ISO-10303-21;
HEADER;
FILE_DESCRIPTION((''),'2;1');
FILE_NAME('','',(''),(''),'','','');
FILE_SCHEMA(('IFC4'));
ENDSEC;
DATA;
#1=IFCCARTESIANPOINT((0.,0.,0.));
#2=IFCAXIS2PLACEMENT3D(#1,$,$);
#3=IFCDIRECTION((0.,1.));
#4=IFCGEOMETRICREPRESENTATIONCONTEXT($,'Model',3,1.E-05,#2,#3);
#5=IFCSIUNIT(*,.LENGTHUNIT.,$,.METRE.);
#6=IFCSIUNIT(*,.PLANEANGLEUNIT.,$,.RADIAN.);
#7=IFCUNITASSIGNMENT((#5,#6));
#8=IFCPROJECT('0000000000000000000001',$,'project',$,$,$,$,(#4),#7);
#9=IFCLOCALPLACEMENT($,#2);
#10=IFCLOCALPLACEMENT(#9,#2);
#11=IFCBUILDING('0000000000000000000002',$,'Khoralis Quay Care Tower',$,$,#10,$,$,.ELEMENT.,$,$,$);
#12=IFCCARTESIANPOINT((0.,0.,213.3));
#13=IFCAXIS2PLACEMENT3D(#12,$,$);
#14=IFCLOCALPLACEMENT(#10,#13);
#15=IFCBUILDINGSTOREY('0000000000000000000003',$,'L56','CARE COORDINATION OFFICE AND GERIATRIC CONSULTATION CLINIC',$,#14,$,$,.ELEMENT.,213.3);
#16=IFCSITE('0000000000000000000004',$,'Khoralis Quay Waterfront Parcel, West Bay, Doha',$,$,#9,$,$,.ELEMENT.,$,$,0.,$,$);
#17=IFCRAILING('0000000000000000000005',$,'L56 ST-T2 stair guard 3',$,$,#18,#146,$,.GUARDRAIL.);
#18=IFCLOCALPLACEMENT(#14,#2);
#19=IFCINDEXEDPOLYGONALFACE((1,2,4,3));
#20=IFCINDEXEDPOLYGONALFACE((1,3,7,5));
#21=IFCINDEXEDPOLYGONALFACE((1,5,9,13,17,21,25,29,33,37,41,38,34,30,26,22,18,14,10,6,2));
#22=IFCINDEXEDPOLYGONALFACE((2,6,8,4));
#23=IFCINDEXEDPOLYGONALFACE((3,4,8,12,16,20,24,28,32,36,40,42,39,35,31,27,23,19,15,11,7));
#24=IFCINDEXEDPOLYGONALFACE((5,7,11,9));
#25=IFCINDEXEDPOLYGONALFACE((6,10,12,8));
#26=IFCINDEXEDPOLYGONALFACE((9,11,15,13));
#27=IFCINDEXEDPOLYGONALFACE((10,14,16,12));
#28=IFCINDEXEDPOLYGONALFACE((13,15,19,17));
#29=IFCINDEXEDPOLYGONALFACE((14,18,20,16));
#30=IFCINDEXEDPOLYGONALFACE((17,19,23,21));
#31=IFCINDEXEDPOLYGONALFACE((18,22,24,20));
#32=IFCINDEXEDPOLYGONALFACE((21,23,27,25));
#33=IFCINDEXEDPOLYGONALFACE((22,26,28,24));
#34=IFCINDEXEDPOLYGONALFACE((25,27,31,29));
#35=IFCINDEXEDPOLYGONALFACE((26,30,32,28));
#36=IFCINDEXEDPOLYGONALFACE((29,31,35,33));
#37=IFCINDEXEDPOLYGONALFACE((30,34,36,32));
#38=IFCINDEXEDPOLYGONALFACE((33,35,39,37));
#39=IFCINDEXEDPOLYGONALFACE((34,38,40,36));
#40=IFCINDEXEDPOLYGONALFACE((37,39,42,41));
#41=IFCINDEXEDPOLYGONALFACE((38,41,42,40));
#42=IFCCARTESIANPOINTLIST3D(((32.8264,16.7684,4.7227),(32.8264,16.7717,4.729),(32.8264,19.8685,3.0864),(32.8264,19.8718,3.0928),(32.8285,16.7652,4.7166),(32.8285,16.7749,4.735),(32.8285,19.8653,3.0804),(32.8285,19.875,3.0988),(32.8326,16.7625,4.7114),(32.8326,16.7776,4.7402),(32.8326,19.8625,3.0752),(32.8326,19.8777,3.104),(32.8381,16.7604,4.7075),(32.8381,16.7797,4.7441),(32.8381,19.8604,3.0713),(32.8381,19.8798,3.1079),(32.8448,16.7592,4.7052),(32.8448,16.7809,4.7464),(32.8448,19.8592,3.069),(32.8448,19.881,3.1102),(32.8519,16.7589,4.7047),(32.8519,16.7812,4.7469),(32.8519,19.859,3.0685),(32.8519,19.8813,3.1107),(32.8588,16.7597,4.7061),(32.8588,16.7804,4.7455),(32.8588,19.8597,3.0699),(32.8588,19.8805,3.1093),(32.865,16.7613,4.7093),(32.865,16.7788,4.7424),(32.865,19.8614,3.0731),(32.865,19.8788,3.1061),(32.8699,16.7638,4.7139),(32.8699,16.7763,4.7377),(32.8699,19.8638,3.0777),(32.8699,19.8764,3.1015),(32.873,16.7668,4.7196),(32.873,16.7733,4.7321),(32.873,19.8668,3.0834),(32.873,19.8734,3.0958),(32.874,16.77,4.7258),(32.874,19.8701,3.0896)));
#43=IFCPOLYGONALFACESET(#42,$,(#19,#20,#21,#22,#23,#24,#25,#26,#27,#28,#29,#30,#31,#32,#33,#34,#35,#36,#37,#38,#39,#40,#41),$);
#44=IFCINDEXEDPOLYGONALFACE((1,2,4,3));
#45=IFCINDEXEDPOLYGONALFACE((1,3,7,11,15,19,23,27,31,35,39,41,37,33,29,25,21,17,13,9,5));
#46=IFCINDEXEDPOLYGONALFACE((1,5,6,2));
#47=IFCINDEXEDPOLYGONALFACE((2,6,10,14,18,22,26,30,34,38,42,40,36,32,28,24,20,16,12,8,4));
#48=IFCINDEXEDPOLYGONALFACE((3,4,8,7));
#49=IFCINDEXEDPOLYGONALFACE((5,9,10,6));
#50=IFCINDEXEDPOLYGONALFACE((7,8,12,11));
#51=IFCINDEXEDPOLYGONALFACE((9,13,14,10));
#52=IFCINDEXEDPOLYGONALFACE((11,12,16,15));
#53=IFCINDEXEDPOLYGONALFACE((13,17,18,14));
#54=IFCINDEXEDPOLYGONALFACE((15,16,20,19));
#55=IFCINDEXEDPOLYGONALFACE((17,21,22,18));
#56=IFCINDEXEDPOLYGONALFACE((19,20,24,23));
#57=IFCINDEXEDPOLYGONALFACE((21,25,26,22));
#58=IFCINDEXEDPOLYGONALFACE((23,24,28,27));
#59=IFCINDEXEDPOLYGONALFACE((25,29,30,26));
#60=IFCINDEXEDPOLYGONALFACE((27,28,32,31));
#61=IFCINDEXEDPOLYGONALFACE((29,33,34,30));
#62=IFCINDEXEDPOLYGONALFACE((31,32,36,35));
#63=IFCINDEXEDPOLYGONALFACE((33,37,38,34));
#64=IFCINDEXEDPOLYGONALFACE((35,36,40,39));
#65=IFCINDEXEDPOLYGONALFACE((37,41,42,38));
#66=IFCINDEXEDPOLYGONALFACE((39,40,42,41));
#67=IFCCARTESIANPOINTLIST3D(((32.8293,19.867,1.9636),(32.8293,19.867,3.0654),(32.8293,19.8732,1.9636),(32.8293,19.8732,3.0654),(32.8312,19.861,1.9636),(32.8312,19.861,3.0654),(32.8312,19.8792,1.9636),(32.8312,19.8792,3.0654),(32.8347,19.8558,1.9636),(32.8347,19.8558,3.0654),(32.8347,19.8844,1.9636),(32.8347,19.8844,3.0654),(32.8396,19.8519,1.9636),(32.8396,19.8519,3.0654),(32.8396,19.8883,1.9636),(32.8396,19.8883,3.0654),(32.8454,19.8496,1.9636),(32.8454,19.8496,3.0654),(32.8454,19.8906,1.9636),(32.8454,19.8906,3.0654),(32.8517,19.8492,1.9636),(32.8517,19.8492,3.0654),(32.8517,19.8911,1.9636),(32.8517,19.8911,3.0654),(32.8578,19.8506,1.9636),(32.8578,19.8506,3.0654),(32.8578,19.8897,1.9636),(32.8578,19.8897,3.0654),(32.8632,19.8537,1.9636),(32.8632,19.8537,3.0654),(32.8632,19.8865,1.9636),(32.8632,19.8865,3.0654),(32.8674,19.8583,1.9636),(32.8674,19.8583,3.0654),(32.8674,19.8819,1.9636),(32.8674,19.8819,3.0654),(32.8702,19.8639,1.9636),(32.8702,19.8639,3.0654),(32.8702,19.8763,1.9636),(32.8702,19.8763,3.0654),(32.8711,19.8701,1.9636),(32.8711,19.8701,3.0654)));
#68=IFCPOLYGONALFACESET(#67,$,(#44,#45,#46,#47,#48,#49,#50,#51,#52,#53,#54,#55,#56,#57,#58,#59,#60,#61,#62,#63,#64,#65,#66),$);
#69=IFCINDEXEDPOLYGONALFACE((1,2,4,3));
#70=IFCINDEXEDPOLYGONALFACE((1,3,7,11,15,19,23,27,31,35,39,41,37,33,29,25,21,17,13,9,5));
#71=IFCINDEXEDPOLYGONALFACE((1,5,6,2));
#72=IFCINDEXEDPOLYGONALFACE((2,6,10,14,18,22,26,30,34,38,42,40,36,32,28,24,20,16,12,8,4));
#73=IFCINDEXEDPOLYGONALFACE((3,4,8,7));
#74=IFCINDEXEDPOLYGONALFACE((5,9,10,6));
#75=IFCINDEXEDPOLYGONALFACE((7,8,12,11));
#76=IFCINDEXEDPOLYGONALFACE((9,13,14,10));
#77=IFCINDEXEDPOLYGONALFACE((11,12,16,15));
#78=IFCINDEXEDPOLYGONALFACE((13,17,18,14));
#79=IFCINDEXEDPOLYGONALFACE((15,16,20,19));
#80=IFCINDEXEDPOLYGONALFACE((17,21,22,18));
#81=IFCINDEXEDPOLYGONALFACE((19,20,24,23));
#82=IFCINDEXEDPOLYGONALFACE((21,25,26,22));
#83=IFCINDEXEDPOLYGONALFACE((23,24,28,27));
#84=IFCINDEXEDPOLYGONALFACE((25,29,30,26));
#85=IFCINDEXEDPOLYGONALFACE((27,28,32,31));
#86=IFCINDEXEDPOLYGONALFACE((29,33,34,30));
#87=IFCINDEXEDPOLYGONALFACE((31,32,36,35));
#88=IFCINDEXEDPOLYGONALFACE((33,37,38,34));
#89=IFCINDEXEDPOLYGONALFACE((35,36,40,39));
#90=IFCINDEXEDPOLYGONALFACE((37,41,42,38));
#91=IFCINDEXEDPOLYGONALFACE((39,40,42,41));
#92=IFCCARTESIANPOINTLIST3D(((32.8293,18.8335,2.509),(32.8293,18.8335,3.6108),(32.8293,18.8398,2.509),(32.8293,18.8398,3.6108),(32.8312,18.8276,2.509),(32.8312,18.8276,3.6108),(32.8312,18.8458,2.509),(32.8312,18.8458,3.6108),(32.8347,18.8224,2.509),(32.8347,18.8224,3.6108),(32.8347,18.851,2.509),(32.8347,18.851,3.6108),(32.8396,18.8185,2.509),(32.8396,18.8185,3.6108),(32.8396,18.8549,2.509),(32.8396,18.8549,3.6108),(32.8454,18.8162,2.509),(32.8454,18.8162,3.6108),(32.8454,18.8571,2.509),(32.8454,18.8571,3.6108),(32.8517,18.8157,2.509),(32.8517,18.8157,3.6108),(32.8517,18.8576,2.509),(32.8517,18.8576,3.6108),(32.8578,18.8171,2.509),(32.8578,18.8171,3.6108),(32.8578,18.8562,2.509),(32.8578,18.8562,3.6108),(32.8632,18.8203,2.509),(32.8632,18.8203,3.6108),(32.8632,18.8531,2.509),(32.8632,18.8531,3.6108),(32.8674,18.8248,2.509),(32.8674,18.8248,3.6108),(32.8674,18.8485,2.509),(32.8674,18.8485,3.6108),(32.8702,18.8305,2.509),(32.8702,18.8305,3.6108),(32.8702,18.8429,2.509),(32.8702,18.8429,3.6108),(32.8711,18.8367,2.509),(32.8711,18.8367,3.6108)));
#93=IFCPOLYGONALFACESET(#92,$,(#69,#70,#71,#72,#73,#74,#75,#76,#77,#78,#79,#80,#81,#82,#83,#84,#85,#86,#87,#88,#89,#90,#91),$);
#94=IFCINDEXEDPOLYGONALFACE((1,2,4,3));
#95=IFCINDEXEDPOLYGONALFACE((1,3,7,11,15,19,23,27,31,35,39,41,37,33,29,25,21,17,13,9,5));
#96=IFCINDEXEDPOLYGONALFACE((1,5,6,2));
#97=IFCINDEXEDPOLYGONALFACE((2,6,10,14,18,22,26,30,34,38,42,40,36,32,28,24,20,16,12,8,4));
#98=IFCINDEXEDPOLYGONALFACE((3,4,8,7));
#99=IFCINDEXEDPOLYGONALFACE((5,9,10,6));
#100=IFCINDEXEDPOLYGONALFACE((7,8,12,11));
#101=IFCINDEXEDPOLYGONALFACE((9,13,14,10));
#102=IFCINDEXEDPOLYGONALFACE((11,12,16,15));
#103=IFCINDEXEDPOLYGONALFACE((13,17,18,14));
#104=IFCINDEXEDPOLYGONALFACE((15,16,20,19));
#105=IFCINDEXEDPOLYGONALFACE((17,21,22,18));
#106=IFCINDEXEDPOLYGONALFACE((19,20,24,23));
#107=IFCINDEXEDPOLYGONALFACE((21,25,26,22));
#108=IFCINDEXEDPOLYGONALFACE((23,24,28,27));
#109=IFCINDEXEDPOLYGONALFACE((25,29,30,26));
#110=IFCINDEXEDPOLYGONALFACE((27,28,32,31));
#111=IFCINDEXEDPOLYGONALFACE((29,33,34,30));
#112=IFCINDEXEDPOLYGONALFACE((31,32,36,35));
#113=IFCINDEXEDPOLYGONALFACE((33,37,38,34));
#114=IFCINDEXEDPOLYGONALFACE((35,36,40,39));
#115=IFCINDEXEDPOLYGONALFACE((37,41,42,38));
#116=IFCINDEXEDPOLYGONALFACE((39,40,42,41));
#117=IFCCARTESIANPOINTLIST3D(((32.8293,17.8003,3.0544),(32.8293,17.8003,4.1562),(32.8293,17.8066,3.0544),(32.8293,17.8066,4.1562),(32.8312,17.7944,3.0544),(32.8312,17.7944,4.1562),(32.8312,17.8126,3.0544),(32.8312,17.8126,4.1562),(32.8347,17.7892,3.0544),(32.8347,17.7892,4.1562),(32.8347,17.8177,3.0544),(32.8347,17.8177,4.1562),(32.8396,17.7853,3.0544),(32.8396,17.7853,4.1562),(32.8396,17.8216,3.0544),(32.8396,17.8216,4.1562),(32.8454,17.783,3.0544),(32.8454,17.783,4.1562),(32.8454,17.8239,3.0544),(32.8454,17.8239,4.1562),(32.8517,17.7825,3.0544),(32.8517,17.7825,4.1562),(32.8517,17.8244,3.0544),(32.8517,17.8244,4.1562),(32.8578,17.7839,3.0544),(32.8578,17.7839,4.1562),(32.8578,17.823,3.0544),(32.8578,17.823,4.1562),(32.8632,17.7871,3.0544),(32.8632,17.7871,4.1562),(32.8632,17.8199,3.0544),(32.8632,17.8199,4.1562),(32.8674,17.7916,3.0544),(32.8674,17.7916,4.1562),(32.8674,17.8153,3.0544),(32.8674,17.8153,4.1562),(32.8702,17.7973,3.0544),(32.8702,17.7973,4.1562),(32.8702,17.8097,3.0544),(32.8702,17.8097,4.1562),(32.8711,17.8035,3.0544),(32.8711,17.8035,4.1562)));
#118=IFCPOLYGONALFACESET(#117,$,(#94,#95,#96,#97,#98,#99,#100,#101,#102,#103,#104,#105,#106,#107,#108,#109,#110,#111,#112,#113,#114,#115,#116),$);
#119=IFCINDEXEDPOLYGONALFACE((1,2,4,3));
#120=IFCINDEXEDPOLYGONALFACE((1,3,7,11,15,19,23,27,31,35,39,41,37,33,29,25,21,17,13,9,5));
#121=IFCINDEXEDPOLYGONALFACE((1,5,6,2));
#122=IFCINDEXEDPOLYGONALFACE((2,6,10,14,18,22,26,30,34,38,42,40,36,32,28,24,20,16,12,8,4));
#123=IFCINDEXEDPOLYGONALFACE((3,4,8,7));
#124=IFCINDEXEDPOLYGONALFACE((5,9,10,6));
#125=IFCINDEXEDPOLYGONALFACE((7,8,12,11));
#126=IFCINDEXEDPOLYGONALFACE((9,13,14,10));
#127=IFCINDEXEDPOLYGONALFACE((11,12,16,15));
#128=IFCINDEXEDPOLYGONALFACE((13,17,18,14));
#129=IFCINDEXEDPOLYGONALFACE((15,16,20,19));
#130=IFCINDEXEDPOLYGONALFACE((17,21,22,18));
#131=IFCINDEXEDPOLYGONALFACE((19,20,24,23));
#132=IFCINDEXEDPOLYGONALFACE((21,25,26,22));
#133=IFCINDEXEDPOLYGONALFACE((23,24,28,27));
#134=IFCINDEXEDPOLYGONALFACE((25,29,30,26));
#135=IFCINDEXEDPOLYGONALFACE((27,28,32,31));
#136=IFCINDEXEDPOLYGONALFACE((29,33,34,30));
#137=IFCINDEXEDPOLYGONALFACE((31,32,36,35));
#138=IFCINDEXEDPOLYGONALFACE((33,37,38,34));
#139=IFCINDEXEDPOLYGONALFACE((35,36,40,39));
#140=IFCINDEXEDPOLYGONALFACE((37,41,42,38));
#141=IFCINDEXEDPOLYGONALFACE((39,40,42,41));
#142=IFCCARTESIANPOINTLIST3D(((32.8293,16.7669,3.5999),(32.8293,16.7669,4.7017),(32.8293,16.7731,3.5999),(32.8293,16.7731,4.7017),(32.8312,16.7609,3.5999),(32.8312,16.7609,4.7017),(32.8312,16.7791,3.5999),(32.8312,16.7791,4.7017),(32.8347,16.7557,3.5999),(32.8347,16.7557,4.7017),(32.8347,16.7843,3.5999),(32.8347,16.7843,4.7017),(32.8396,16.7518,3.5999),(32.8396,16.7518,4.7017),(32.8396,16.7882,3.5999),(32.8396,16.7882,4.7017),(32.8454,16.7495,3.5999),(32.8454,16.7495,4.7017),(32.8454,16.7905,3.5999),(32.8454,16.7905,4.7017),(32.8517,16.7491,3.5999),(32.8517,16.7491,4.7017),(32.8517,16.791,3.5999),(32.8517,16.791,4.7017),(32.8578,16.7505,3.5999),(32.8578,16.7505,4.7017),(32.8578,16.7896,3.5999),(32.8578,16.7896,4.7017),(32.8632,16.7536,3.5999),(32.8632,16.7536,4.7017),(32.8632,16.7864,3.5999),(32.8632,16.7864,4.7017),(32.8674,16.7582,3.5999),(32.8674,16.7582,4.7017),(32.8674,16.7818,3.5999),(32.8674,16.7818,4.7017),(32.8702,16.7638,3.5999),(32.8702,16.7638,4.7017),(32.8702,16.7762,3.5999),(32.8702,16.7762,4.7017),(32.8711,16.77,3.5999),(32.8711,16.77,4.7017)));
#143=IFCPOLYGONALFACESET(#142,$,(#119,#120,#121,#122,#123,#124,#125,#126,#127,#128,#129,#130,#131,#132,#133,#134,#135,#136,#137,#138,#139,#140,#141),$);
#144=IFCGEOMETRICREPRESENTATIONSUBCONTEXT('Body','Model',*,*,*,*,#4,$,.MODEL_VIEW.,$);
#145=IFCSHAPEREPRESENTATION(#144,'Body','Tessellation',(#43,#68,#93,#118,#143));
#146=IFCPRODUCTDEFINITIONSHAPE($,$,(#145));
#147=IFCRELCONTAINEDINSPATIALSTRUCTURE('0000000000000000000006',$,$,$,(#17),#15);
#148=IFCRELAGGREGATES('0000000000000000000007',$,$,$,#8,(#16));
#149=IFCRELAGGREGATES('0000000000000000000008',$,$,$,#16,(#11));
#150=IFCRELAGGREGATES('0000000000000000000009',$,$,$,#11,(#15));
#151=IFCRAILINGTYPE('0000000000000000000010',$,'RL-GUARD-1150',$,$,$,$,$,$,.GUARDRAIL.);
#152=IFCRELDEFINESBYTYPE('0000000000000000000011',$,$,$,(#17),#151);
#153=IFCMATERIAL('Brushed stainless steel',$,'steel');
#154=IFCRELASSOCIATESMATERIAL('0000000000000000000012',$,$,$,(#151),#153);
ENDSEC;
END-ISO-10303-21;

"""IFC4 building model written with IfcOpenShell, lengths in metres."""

from ifc_helpers import new_model, si_unit, direction, frame, origin, origin_2d, place, context, subcontext, project, spatial, circle, extrude, material, type_object, element, save


model = new_model("IFC4")

# Units and contexts
model_context = context("Model", 3, precision=1e-05, world=origin(), true_north=direction((0.0, 1.0)))
body_context = subcontext(model_context, "Body", "Model", "MODEL_VIEW")
ifc_project = project(units=[si_unit("LENGTHUNIT", "METRE"), si_unit("PLANEANGLEUNIT", "RADIAN")], contexts=[model_context])

# Site, building, storey
site_placement = place(None, origin())
site = spatial("IfcSite", under=ifc_project, at=site_placement, Name="Khoralis Quay Waterfront Parcel, West Bay, Doha", CompositionType="ELEMENT", RefElevation=0.0)
building_placement = place(site_placement, origin())
building = spatial("IfcBuilding", under=site, at=building_placement, Name="Khoralis Quay Care Tower", CompositionType="ELEMENT")
storey_placement = place(building_placement, frame((0.0, 0.0, 213.3)))
storey = spatial("IfcBuildingStorey", under=building, at=storey_placement, Name="L56", Description="CARE COORDINATION OFFICE AND GERIATRIC CONSULTATION CLINIC", CompositionType="ELEMENT", Elevation=213.3)

# Shared definitions
ifc_material_1 = material(Name="Brushed stainless steel", Category="steel")

# Railing
railing_type_1 = type_object("IfcRailingType", Name="RL-GUARD-1150", PredefinedType="GUARDRAIL", material=ifc_material_1)
railing_1_placement = place(storey_placement, frame((32.8501, 19.8701, 1.9636)))
element("IfcRailing", 1, at=railing_1_placement, inside=storey, type_object=railing_type_1, Name="L56 ST-T2 stair guard 3", PredefinedType="GUARDRAIL", context=body_context, shape_type="SweptSolid", body=[
    extrude(circle(Radius=0.0239, at=origin_2d()), frame((0.0, 0.0, 1.126), z_axis=(0.0, -0.884377, 0.466774), x_axis=(1.0, 0.0, 0.0)), (0.0, 0.0, 1.0), 3.5054),
    extrude(circle(Radius=0.021, at=origin_2d()), origin(), (0.0, 0.0, 1.0), 1.1018),
    extrude(circle(Radius=0.021, at=origin_2d()), frame((0.0, -1.0334, 0.5454)), (0.0, 0.0, 1.0), 1.1018),
    extrude(circle(Radius=0.021, at=origin_2d()), frame((0.0, -2.0667, 1.0908)), (0.0, 0.0, 1.0), 1.1018),
    extrude(circle(Radius=0.021, at=origin_2d()), frame((0.0, -3.1001, 1.6362)), (0.0, 0.0, 1.0), 1.1018),
])

save(model, "model.ifc")
